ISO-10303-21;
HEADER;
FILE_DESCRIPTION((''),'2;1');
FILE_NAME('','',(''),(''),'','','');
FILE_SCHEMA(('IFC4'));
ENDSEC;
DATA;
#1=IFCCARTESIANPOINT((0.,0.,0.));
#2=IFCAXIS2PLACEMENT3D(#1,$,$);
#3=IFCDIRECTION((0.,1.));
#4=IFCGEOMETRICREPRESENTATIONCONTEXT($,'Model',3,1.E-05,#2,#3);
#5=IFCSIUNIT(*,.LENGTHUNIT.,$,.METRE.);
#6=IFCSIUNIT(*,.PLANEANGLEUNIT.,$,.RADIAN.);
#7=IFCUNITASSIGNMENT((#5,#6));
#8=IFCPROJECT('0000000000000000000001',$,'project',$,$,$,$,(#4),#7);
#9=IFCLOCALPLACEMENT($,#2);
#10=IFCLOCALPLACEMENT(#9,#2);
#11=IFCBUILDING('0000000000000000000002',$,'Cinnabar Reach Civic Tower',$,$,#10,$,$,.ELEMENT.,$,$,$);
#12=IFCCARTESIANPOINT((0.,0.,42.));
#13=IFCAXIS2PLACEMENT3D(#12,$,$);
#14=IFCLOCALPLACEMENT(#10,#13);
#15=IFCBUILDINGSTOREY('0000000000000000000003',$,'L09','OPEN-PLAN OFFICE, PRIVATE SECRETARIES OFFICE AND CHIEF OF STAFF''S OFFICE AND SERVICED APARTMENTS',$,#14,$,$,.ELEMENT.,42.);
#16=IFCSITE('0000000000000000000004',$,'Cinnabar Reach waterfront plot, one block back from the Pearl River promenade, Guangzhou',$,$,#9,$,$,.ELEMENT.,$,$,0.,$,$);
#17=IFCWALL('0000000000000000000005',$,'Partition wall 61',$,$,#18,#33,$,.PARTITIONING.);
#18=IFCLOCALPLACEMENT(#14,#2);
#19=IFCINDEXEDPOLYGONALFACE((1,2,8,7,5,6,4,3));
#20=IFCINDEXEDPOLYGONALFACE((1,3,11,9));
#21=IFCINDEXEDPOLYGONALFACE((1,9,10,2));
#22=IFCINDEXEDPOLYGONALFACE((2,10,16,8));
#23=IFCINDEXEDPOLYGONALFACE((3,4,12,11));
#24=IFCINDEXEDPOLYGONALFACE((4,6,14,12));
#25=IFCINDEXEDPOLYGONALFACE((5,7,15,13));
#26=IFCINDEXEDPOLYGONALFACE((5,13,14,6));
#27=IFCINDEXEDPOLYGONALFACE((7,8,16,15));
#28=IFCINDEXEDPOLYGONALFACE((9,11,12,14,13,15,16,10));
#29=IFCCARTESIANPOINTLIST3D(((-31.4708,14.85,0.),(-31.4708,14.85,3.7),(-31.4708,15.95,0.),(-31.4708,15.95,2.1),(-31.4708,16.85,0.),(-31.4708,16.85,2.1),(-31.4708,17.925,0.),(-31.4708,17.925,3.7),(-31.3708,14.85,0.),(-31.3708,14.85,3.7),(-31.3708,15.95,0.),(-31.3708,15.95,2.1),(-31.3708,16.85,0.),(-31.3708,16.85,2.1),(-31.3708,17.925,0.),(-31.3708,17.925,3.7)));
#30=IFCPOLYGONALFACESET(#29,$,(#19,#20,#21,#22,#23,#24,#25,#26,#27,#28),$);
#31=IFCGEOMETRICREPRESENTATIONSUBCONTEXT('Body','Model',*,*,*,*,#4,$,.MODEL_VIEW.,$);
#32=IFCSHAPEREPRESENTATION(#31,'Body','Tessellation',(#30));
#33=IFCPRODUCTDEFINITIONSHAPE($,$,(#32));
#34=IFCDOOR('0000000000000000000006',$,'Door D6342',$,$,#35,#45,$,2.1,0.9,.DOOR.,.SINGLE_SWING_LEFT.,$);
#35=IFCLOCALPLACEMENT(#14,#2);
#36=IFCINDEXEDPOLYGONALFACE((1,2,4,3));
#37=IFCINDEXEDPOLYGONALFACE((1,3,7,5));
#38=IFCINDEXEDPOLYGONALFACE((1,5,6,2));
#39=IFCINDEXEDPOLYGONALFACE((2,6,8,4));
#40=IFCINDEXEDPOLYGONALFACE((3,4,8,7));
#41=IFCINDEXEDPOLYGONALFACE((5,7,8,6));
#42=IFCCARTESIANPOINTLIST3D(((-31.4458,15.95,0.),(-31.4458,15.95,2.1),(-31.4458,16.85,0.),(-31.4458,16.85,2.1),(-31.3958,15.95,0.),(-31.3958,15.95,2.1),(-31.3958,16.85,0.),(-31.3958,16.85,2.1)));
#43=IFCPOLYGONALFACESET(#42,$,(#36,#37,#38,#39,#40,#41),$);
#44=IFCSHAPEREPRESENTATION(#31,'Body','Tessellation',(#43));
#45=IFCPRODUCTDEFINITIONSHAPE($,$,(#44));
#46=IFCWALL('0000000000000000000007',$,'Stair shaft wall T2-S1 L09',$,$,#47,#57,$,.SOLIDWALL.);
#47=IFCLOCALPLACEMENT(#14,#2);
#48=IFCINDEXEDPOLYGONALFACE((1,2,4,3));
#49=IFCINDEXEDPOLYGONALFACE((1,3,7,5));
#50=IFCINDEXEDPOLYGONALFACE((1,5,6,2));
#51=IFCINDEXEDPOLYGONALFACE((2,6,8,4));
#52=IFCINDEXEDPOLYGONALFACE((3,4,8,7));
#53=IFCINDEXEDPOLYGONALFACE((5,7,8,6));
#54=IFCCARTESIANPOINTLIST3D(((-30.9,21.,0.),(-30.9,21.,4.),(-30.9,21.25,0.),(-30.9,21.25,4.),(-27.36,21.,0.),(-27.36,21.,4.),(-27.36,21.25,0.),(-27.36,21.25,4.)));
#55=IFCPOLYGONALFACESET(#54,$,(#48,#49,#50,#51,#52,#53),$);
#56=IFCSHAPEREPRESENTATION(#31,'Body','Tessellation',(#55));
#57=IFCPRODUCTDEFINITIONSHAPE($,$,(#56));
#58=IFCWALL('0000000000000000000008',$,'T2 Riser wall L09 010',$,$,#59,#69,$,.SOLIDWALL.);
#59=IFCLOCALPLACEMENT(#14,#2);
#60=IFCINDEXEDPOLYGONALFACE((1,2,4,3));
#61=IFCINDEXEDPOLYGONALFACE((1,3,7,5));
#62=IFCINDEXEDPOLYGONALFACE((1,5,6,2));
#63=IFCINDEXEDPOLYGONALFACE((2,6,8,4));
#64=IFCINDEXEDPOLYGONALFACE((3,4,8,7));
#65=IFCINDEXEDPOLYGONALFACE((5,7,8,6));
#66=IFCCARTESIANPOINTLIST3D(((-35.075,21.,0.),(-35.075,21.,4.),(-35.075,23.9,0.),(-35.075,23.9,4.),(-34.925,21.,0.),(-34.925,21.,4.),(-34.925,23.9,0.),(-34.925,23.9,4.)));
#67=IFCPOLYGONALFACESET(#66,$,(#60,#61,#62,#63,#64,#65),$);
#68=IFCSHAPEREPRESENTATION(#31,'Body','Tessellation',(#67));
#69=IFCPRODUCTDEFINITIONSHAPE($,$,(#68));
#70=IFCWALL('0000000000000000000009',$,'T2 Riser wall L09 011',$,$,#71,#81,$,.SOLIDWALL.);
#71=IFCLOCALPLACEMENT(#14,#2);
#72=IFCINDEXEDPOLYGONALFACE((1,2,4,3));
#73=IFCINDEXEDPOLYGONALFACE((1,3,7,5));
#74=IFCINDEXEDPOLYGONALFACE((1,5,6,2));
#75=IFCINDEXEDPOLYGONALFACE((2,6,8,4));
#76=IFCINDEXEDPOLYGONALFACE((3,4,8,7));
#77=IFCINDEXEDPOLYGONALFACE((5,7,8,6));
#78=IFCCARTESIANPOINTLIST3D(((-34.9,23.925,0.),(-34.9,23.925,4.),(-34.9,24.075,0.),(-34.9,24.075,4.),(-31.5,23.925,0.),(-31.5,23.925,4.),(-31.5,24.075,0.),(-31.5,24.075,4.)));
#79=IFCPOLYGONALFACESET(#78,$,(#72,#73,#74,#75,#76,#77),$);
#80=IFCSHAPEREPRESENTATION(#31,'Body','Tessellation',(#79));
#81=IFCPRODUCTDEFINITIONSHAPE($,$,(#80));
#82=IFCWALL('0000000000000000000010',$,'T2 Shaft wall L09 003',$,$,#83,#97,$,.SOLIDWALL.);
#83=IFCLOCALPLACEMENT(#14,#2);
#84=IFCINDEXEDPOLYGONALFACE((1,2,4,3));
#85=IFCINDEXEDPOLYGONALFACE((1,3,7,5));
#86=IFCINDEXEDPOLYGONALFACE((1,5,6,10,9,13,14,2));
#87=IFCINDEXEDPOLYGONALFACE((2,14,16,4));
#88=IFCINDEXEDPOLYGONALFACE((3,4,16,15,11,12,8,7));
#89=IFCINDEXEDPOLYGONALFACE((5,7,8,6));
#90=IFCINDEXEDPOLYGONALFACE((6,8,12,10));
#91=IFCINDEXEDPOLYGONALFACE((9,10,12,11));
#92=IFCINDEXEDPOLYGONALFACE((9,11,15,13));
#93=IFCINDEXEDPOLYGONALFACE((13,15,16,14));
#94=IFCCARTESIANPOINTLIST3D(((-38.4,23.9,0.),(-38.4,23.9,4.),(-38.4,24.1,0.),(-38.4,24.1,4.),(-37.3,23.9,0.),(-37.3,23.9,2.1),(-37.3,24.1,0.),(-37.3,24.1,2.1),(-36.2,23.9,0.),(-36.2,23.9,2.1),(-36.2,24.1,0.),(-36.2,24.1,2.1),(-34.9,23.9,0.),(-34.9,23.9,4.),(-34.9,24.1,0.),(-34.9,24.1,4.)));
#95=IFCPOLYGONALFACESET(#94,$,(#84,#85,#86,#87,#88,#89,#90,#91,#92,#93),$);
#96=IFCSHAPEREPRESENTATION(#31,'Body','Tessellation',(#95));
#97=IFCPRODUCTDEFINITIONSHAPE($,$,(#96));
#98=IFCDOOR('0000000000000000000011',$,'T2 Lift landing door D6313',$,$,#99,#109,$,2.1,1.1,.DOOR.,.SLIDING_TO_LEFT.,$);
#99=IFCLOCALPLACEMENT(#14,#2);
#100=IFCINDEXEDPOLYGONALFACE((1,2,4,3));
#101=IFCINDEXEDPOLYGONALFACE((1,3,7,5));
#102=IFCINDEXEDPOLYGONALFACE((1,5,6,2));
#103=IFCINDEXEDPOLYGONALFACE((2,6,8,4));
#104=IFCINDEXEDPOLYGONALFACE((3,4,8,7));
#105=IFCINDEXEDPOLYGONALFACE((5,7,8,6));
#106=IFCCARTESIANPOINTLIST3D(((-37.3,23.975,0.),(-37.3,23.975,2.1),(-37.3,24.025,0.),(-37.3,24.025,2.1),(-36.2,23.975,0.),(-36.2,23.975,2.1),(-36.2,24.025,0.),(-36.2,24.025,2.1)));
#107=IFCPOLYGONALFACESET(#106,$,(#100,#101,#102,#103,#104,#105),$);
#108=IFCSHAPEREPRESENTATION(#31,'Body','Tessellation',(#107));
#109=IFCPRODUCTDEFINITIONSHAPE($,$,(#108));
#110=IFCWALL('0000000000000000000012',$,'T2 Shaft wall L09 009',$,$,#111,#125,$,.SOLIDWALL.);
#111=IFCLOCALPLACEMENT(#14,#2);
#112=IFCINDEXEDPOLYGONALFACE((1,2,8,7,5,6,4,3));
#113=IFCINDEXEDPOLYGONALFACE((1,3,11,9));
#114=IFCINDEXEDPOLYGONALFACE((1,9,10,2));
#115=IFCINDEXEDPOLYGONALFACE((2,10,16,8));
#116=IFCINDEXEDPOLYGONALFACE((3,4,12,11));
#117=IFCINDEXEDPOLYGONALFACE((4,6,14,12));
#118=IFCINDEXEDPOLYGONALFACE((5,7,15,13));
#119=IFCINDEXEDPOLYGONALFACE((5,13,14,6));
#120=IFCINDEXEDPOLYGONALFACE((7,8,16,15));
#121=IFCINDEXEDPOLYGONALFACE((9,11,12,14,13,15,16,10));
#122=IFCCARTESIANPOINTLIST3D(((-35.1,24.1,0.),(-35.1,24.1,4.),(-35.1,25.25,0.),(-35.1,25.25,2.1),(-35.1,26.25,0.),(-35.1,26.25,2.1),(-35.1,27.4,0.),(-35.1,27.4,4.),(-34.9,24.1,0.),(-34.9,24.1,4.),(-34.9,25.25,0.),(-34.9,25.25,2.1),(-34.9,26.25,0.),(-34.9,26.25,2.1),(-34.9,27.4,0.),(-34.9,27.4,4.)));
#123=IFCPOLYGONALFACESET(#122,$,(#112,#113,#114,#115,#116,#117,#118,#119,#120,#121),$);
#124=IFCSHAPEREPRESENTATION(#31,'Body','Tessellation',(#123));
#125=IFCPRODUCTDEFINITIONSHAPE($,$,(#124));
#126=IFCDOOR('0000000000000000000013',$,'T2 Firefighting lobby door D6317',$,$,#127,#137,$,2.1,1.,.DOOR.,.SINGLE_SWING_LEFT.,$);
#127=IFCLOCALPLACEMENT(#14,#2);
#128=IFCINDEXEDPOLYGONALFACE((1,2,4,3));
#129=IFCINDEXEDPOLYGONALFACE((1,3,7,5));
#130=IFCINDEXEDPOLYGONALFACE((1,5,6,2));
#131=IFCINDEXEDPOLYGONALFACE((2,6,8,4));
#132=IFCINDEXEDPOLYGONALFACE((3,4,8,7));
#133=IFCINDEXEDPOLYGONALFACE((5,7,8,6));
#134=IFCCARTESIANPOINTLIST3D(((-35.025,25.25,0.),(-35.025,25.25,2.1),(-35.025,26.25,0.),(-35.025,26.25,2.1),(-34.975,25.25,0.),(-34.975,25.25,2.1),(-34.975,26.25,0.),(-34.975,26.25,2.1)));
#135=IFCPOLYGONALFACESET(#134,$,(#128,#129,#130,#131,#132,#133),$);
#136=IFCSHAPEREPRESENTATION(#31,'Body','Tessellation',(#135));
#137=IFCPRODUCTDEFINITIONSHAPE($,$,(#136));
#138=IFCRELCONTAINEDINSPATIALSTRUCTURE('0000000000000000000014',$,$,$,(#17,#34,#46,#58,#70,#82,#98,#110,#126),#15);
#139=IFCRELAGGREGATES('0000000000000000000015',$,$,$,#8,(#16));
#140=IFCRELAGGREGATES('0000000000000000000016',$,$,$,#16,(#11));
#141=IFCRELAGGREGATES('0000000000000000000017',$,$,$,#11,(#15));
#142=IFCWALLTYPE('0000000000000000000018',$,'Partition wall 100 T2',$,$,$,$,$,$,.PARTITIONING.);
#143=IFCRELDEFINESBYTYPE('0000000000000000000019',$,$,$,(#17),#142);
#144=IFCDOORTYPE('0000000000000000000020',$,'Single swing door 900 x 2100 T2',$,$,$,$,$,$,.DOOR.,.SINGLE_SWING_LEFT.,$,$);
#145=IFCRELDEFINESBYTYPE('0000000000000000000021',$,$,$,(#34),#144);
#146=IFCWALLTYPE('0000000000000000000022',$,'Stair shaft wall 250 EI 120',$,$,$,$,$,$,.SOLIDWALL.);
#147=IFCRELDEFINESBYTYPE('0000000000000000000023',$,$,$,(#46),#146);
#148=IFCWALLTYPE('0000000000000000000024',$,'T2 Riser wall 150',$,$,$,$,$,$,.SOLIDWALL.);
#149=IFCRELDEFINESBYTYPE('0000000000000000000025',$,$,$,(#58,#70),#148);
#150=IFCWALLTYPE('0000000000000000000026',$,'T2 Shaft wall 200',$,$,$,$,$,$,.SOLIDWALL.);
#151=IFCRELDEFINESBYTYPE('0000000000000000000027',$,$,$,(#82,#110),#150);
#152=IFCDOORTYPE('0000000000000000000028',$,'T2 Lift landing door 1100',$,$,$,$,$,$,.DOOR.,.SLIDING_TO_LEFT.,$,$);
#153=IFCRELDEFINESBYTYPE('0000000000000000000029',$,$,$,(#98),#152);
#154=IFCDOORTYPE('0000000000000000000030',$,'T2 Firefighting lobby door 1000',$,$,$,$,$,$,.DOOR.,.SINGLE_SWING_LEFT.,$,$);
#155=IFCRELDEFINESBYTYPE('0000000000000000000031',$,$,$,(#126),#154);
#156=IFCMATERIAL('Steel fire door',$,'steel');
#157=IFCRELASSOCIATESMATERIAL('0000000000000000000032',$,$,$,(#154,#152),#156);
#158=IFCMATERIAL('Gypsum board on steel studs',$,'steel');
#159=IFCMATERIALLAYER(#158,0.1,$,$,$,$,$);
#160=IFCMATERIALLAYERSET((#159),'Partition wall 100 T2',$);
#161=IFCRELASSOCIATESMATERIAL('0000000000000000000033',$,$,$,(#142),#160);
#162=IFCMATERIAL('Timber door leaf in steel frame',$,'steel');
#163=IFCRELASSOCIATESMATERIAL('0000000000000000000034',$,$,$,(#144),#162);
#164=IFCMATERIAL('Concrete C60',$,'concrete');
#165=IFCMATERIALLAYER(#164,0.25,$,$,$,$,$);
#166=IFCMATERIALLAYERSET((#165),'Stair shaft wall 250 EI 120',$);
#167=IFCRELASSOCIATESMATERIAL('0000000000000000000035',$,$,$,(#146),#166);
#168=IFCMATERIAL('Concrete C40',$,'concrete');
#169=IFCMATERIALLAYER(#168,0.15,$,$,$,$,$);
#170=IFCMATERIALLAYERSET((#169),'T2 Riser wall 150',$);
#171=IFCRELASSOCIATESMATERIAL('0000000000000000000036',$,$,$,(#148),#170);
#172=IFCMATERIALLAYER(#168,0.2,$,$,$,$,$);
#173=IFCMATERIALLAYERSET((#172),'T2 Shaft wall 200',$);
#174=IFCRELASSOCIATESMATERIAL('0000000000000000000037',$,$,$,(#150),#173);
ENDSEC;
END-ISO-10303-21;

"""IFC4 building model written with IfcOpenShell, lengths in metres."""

from ifc_helpers import new_model, si_unit, direction, frame, frame_2d, origin, place, context, subcontext, project, spatial, rectangle, extrude, material, layer, layer_set, type_object, element, fill, save


model = new_model("IFC4")

# Units and contexts
model_context = context("Model", 3, precision=1e-05, world=origin(), true_north=direction((0.0, 1.0)))
body_context = subcontext(model_context, "Body", "Model", "MODEL_VIEW")
ifc_project = project(units=[si_unit("LENGTHUNIT", "METRE"), si_unit("PLANEANGLEUNIT", "RADIAN")], contexts=[model_context])

# Site, building, storey
site_placement = place(None, origin())
site = spatial("IfcSite", under=ifc_project, at=site_placement, Name="Cinnabar Reach waterfront plot, one block back from the Pearl River promenade, Guangzhou", CompositionType="ELEMENT", RefElevation=0.0)
building_placement = place(site_placement, origin())
building = spatial("IfcBuilding", under=site, at=building_placement, Name="Cinnabar Reach Civic Tower", CompositionType="ELEMENT")
storey_placement = place(building_placement, frame((0.0, 0.0, 42.0)))
storey = spatial("IfcBuildingStorey", under=building, at=storey_placement, Name="L09", Description="OPEN-PLAN OFFICE, PRIVATE SECRETARIES OFFICE AND CHIEF OF STAFF'S OFFICE AND SERVICED APARTMENTS", CompositionType="ELEMENT", Elevation=42.0)

# Wall, opening, door
ifc_material_1 = material(Name="Steel fire door", Category="steel")
door_type_1 = type_object("IfcDoorType", Name="T2 Firefighting lobby door 1000", OperationType="SINGLE_SWING_LEFT", PredefinedType="DOOR", material=ifc_material_1)
ifc_material_2 = material(Name="Gypsum board on steel studs", Category="steel")
ifc_layer_1 = layer(ifc_material_2, 0.1)
ifc_layer_set_1 = layer_set([ifc_layer_1], Name="Partition wall 100 T2")
wall_type_1 = type_object("IfcWallType", Name="Partition wall 100 T2", PredefinedType="PARTITIONING", material=ifc_layer_set_1)
ifc_material_3 = material(Name="Timber door leaf in steel frame", Category="steel")
door_type_2 = type_object("IfcDoorType", Name="Single swing door 900 x 2100 T2", OperationType="SINGLE_SWING_LEFT", PredefinedType="DOOR", material=ifc_material_3)
wall_1_placement = place(storey_placement, frame((-31.4208, 14.85, 0.0), z_axis=(0.0, 0.0, 1.0), x_axis=(0.0, 1.0, 0.0)))
wall_1 = element("IfcWall", 1, at=wall_1_placement, inside=storey, type_object=wall_type_1, Name="Partition wall 61", PredefinedType="PARTITIONING", context=body_context, shape_type="SweptSolid", body=[
    extrude(rectangle(XDim=3.075, YDim=0.1, at=frame_2d((1.5375, 0.0))), origin(), (0.0, 0.0, 1.0), 3.7),
])
opening_1_placement = place(wall_1_placement, frame((1.1, 0.0, 0.0)))
opening_1 = element("IfcOpeningElement", 2, at=opening_1_placement, cuts=wall_1, PredefinedType="OPENING", context=body_context, shape_type="SweptSolid", body=[
    extrude(rectangle(XDim=0.9, YDim=2.1, at=frame_2d((0.45, 1.05))), frame((0.0, 0.06, 0.0), z_axis=(0.0, -1.0, 0.0), x_axis=(1.0, 0.0, 0.0)), (0.0, 0.0, 1.0), 0.12),
])
door_1_placement = place(opening_1_placement, origin())
door_1 = element("IfcDoor", 3, at=door_1_placement, inside=storey, type_object=door_type_2, Name="Door D6342", OperationType="SINGLE_SWING_LEFT", OverallHeight=2.1, OverallWidth=0.9, PredefinedType="DOOR", context=body_context, shape_type="SweptSolid", body=[
    extrude(rectangle(XDim=0.9, YDim=2.1, at=frame_2d((0.45, 1.05))), frame((0.0, 0.025, 0.0), z_axis=(0.0, -1.0, 0.0), x_axis=(1.0, 0.0, 0.0)), (0.0, 0.0, 1.0), 0.05),
])
fill(opening_1, door_1)

# Walls
ifc_material_4 = material(Name="Concrete C60", Category="concrete")
ifc_layer_2 = layer(ifc_material_4, 0.25)
ifc_layer_set_2 = layer_set([ifc_layer_2], Name="Stair shaft wall 250 EI 120")
wall_type_2 = type_object("IfcWallType", Name="Stair shaft wall 250 EI 120", PredefinedType="SOLIDWALL", material=ifc_layer_set_2)
wall_2_placement = place(storey_placement, frame((-30.9, 21.125, 0.0), z_axis=(0.0, 0.0, 1.0), x_axis=(1.0, 0.0, 0.0)))
element("IfcWall", 4, at=wall_2_placement, inside=storey, type_object=wall_type_2, Name="Stair shaft wall T2-S1 L09", PredefinedType="SOLIDWALL", context=body_context, shape_type="SweptSolid", body=[
    extrude(rectangle(XDim=3.54, YDim=0.25, at=frame_2d((1.77, 0.0))), origin(), (0.0, 0.0, 1.0), 4.0),
])
ifc_material_5 = material(Name="Concrete C40", Category="concrete")
ifc_layer_3 = layer(ifc_material_5, 0.15)
ifc_layer_set_3 = layer_set([ifc_layer_3], Name="T2 Riser wall 150")
wall_type_3 = type_object("IfcWallType", Name="T2 Riser wall 150", PredefinedType="SOLIDWALL", material=ifc_layer_set_3)
wall_3_placement = place(storey_placement, frame((-35.0, 21.0, 0.0), z_axis=(0.0, 0.0, 1.0), x_axis=(0.0, 1.0, 0.0)))
element("IfcWall", 5, at=wall_3_placement, inside=storey, type_object=wall_type_3, Name="T2 Riser wall L09 010", PredefinedType="SOLIDWALL", context=body_context, shape_type="SweptSolid", body=[
    extrude(rectangle(XDim=2.9, YDim=0.15, at=frame_2d((1.45, 0.0))), origin(), (0.0, 0.0, 1.0), 4.0),
])
wall_4_placement = place(storey_placement, frame((-31.5, 24.0, 0.0), z_axis=(0.0, 0.0, 1.0), x_axis=(-1.0, 0.0, 0.0)))
element("IfcWall", 6, at=wall_4_placement, inside=storey, type_object=wall_type_3, Name="T2 Riser wall L09 011", PredefinedType="SOLIDWALL", context=body_context, shape_type="SweptSolid", body=[
    extrude(rectangle(XDim=3.4, YDim=0.15, at=frame_2d((1.7, 0.0))), origin(), (0.0, 0.0, 1.0), 4.0),
])

# Walls, openings, doors
ifc_layer_4 = layer(ifc_material_5, 0.2)
ifc_layer_set_4 = layer_set([ifc_layer_4], Name="T2 Shaft wall 200")
wall_type_4 = type_object("IfcWallType", Name="T2 Shaft wall 200", PredefinedType="SOLIDWALL", material=ifc_layer_set_4)
wall_5_placement = place(storey_placement, frame((-34.9, 24.0, 0.0), z_axis=(0.0, 0.0, 1.0), x_axis=(-1.0, 0.0, 0.0)))
wall_5 = element("IfcWall", 7, at=wall_5_placement, inside=storey, type_object=wall_type_4, Name="T2 Shaft wall L09 003", PredefinedType="SOLIDWALL", context=body_context, shape_type="SweptSolid", body=[
    extrude(rectangle(XDim=3.5, YDim=0.2, at=frame_2d((1.75, 0.0))), origin(), (0.0, 0.0, 1.0), 4.0),
])
opening_2_placement = place(wall_5_placement, frame((1.3, 0.0, 0.0)))
opening_2 = element("IfcOpeningElement", 8, at=opening_2_placement, cuts=wall_5, PredefinedType="OPENING", context=body_context, shape_type="SweptSolid", body=[
    extrude(rectangle(XDim=1.1, YDim=2.1, at=frame_2d((0.55, 1.05))), frame((0.0, 0.11, 0.0), z_axis=(0.0, -1.0, 0.0), x_axis=(1.0, 0.0, 0.0)), (0.0, 0.0, 1.0), 0.22),
])
door_type_3 = type_object("IfcDoorType", Name="T2 Lift landing door 1100", OperationType="SLIDING_TO_LEFT", PredefinedType="DOOR", material=ifc_material_1)
door_2_placement = place(opening_2_placement, origin())
door_2 = element("IfcDoor", 9, at=door_2_placement, inside=storey, type_object=door_type_3, Name="T2 Lift landing door D6313", OperationType="SLIDING_TO_LEFT", OverallHeight=2.1, OverallWidth=1.1, PredefinedType="DOOR", context=body_context, shape_type="SweptSolid", body=[
    extrude(rectangle(XDim=1.1, YDim=2.1, at=frame_2d((0.55, 1.05))), frame((0.0, 0.025, 0.0), z_axis=(0.0, -1.0, 0.0), x_axis=(1.0, 0.0, 0.0)), (0.0, 0.0, 1.0), 0.05),
])
fill(opening_2, door_2)
wall_6_placement = place(storey_placement, frame((-35.0, 24.1, 0.0), z_axis=(0.0, 0.0, 1.0), x_axis=(0.0, 1.0, 0.0)))
wall_6 = element("IfcWall", 10, at=wall_6_placement, inside=storey, type_object=wall_type_4, Name="T2 Shaft wall L09 009", PredefinedType="SOLIDWALL", context=body_context, shape_type="SweptSolid", body=[
    extrude(rectangle(XDim=3.3, YDim=0.2, at=frame_2d((1.65, 0.0))), origin(), (0.0, 0.0, 1.0), 4.0),
])
opening_3_placement = place(wall_6_placement, frame((1.15, 0.0, 0.0)))
opening_3 = element("IfcOpeningElement", 11, at=opening_3_placement, cuts=wall_6, PredefinedType="OPENING", context=body_context, shape_type="SweptSolid", body=[
    extrude(rectangle(XDim=1.0, YDim=2.1, at=frame_2d((0.5, 1.05))), frame((0.0, 0.11, 0.0), z_axis=(0.0, -1.0, 0.0), x_axis=(1.0, 0.0, 0.0)), (0.0, 0.0, 1.0), 0.22),
])
door_3_placement = place(opening_3_placement, origin())
door_3 = element("IfcDoor", 12, at=door_3_placement, inside=storey, type_object=door_type_1, Name="T2 Firefighting lobby door D6317", OperationType="SINGLE_SWING_LEFT", OverallHeight=2.1, OverallWidth=1.0, PredefinedType="DOOR", context=body_context, shape_type="SweptSolid", body=[
    extrude(rectangle(XDim=1.0, YDim=2.1, at=frame_2d((0.5, 1.05))), frame((0.0, 0.025, 0.0), z_axis=(0.0, -1.0, 0.0), x_axis=(1.0, 0.0, 0.0)), (0.0, 0.0, 1.0), 0.05),
])
fill(opening_3, door_3)

save(model, "model.ifc")
